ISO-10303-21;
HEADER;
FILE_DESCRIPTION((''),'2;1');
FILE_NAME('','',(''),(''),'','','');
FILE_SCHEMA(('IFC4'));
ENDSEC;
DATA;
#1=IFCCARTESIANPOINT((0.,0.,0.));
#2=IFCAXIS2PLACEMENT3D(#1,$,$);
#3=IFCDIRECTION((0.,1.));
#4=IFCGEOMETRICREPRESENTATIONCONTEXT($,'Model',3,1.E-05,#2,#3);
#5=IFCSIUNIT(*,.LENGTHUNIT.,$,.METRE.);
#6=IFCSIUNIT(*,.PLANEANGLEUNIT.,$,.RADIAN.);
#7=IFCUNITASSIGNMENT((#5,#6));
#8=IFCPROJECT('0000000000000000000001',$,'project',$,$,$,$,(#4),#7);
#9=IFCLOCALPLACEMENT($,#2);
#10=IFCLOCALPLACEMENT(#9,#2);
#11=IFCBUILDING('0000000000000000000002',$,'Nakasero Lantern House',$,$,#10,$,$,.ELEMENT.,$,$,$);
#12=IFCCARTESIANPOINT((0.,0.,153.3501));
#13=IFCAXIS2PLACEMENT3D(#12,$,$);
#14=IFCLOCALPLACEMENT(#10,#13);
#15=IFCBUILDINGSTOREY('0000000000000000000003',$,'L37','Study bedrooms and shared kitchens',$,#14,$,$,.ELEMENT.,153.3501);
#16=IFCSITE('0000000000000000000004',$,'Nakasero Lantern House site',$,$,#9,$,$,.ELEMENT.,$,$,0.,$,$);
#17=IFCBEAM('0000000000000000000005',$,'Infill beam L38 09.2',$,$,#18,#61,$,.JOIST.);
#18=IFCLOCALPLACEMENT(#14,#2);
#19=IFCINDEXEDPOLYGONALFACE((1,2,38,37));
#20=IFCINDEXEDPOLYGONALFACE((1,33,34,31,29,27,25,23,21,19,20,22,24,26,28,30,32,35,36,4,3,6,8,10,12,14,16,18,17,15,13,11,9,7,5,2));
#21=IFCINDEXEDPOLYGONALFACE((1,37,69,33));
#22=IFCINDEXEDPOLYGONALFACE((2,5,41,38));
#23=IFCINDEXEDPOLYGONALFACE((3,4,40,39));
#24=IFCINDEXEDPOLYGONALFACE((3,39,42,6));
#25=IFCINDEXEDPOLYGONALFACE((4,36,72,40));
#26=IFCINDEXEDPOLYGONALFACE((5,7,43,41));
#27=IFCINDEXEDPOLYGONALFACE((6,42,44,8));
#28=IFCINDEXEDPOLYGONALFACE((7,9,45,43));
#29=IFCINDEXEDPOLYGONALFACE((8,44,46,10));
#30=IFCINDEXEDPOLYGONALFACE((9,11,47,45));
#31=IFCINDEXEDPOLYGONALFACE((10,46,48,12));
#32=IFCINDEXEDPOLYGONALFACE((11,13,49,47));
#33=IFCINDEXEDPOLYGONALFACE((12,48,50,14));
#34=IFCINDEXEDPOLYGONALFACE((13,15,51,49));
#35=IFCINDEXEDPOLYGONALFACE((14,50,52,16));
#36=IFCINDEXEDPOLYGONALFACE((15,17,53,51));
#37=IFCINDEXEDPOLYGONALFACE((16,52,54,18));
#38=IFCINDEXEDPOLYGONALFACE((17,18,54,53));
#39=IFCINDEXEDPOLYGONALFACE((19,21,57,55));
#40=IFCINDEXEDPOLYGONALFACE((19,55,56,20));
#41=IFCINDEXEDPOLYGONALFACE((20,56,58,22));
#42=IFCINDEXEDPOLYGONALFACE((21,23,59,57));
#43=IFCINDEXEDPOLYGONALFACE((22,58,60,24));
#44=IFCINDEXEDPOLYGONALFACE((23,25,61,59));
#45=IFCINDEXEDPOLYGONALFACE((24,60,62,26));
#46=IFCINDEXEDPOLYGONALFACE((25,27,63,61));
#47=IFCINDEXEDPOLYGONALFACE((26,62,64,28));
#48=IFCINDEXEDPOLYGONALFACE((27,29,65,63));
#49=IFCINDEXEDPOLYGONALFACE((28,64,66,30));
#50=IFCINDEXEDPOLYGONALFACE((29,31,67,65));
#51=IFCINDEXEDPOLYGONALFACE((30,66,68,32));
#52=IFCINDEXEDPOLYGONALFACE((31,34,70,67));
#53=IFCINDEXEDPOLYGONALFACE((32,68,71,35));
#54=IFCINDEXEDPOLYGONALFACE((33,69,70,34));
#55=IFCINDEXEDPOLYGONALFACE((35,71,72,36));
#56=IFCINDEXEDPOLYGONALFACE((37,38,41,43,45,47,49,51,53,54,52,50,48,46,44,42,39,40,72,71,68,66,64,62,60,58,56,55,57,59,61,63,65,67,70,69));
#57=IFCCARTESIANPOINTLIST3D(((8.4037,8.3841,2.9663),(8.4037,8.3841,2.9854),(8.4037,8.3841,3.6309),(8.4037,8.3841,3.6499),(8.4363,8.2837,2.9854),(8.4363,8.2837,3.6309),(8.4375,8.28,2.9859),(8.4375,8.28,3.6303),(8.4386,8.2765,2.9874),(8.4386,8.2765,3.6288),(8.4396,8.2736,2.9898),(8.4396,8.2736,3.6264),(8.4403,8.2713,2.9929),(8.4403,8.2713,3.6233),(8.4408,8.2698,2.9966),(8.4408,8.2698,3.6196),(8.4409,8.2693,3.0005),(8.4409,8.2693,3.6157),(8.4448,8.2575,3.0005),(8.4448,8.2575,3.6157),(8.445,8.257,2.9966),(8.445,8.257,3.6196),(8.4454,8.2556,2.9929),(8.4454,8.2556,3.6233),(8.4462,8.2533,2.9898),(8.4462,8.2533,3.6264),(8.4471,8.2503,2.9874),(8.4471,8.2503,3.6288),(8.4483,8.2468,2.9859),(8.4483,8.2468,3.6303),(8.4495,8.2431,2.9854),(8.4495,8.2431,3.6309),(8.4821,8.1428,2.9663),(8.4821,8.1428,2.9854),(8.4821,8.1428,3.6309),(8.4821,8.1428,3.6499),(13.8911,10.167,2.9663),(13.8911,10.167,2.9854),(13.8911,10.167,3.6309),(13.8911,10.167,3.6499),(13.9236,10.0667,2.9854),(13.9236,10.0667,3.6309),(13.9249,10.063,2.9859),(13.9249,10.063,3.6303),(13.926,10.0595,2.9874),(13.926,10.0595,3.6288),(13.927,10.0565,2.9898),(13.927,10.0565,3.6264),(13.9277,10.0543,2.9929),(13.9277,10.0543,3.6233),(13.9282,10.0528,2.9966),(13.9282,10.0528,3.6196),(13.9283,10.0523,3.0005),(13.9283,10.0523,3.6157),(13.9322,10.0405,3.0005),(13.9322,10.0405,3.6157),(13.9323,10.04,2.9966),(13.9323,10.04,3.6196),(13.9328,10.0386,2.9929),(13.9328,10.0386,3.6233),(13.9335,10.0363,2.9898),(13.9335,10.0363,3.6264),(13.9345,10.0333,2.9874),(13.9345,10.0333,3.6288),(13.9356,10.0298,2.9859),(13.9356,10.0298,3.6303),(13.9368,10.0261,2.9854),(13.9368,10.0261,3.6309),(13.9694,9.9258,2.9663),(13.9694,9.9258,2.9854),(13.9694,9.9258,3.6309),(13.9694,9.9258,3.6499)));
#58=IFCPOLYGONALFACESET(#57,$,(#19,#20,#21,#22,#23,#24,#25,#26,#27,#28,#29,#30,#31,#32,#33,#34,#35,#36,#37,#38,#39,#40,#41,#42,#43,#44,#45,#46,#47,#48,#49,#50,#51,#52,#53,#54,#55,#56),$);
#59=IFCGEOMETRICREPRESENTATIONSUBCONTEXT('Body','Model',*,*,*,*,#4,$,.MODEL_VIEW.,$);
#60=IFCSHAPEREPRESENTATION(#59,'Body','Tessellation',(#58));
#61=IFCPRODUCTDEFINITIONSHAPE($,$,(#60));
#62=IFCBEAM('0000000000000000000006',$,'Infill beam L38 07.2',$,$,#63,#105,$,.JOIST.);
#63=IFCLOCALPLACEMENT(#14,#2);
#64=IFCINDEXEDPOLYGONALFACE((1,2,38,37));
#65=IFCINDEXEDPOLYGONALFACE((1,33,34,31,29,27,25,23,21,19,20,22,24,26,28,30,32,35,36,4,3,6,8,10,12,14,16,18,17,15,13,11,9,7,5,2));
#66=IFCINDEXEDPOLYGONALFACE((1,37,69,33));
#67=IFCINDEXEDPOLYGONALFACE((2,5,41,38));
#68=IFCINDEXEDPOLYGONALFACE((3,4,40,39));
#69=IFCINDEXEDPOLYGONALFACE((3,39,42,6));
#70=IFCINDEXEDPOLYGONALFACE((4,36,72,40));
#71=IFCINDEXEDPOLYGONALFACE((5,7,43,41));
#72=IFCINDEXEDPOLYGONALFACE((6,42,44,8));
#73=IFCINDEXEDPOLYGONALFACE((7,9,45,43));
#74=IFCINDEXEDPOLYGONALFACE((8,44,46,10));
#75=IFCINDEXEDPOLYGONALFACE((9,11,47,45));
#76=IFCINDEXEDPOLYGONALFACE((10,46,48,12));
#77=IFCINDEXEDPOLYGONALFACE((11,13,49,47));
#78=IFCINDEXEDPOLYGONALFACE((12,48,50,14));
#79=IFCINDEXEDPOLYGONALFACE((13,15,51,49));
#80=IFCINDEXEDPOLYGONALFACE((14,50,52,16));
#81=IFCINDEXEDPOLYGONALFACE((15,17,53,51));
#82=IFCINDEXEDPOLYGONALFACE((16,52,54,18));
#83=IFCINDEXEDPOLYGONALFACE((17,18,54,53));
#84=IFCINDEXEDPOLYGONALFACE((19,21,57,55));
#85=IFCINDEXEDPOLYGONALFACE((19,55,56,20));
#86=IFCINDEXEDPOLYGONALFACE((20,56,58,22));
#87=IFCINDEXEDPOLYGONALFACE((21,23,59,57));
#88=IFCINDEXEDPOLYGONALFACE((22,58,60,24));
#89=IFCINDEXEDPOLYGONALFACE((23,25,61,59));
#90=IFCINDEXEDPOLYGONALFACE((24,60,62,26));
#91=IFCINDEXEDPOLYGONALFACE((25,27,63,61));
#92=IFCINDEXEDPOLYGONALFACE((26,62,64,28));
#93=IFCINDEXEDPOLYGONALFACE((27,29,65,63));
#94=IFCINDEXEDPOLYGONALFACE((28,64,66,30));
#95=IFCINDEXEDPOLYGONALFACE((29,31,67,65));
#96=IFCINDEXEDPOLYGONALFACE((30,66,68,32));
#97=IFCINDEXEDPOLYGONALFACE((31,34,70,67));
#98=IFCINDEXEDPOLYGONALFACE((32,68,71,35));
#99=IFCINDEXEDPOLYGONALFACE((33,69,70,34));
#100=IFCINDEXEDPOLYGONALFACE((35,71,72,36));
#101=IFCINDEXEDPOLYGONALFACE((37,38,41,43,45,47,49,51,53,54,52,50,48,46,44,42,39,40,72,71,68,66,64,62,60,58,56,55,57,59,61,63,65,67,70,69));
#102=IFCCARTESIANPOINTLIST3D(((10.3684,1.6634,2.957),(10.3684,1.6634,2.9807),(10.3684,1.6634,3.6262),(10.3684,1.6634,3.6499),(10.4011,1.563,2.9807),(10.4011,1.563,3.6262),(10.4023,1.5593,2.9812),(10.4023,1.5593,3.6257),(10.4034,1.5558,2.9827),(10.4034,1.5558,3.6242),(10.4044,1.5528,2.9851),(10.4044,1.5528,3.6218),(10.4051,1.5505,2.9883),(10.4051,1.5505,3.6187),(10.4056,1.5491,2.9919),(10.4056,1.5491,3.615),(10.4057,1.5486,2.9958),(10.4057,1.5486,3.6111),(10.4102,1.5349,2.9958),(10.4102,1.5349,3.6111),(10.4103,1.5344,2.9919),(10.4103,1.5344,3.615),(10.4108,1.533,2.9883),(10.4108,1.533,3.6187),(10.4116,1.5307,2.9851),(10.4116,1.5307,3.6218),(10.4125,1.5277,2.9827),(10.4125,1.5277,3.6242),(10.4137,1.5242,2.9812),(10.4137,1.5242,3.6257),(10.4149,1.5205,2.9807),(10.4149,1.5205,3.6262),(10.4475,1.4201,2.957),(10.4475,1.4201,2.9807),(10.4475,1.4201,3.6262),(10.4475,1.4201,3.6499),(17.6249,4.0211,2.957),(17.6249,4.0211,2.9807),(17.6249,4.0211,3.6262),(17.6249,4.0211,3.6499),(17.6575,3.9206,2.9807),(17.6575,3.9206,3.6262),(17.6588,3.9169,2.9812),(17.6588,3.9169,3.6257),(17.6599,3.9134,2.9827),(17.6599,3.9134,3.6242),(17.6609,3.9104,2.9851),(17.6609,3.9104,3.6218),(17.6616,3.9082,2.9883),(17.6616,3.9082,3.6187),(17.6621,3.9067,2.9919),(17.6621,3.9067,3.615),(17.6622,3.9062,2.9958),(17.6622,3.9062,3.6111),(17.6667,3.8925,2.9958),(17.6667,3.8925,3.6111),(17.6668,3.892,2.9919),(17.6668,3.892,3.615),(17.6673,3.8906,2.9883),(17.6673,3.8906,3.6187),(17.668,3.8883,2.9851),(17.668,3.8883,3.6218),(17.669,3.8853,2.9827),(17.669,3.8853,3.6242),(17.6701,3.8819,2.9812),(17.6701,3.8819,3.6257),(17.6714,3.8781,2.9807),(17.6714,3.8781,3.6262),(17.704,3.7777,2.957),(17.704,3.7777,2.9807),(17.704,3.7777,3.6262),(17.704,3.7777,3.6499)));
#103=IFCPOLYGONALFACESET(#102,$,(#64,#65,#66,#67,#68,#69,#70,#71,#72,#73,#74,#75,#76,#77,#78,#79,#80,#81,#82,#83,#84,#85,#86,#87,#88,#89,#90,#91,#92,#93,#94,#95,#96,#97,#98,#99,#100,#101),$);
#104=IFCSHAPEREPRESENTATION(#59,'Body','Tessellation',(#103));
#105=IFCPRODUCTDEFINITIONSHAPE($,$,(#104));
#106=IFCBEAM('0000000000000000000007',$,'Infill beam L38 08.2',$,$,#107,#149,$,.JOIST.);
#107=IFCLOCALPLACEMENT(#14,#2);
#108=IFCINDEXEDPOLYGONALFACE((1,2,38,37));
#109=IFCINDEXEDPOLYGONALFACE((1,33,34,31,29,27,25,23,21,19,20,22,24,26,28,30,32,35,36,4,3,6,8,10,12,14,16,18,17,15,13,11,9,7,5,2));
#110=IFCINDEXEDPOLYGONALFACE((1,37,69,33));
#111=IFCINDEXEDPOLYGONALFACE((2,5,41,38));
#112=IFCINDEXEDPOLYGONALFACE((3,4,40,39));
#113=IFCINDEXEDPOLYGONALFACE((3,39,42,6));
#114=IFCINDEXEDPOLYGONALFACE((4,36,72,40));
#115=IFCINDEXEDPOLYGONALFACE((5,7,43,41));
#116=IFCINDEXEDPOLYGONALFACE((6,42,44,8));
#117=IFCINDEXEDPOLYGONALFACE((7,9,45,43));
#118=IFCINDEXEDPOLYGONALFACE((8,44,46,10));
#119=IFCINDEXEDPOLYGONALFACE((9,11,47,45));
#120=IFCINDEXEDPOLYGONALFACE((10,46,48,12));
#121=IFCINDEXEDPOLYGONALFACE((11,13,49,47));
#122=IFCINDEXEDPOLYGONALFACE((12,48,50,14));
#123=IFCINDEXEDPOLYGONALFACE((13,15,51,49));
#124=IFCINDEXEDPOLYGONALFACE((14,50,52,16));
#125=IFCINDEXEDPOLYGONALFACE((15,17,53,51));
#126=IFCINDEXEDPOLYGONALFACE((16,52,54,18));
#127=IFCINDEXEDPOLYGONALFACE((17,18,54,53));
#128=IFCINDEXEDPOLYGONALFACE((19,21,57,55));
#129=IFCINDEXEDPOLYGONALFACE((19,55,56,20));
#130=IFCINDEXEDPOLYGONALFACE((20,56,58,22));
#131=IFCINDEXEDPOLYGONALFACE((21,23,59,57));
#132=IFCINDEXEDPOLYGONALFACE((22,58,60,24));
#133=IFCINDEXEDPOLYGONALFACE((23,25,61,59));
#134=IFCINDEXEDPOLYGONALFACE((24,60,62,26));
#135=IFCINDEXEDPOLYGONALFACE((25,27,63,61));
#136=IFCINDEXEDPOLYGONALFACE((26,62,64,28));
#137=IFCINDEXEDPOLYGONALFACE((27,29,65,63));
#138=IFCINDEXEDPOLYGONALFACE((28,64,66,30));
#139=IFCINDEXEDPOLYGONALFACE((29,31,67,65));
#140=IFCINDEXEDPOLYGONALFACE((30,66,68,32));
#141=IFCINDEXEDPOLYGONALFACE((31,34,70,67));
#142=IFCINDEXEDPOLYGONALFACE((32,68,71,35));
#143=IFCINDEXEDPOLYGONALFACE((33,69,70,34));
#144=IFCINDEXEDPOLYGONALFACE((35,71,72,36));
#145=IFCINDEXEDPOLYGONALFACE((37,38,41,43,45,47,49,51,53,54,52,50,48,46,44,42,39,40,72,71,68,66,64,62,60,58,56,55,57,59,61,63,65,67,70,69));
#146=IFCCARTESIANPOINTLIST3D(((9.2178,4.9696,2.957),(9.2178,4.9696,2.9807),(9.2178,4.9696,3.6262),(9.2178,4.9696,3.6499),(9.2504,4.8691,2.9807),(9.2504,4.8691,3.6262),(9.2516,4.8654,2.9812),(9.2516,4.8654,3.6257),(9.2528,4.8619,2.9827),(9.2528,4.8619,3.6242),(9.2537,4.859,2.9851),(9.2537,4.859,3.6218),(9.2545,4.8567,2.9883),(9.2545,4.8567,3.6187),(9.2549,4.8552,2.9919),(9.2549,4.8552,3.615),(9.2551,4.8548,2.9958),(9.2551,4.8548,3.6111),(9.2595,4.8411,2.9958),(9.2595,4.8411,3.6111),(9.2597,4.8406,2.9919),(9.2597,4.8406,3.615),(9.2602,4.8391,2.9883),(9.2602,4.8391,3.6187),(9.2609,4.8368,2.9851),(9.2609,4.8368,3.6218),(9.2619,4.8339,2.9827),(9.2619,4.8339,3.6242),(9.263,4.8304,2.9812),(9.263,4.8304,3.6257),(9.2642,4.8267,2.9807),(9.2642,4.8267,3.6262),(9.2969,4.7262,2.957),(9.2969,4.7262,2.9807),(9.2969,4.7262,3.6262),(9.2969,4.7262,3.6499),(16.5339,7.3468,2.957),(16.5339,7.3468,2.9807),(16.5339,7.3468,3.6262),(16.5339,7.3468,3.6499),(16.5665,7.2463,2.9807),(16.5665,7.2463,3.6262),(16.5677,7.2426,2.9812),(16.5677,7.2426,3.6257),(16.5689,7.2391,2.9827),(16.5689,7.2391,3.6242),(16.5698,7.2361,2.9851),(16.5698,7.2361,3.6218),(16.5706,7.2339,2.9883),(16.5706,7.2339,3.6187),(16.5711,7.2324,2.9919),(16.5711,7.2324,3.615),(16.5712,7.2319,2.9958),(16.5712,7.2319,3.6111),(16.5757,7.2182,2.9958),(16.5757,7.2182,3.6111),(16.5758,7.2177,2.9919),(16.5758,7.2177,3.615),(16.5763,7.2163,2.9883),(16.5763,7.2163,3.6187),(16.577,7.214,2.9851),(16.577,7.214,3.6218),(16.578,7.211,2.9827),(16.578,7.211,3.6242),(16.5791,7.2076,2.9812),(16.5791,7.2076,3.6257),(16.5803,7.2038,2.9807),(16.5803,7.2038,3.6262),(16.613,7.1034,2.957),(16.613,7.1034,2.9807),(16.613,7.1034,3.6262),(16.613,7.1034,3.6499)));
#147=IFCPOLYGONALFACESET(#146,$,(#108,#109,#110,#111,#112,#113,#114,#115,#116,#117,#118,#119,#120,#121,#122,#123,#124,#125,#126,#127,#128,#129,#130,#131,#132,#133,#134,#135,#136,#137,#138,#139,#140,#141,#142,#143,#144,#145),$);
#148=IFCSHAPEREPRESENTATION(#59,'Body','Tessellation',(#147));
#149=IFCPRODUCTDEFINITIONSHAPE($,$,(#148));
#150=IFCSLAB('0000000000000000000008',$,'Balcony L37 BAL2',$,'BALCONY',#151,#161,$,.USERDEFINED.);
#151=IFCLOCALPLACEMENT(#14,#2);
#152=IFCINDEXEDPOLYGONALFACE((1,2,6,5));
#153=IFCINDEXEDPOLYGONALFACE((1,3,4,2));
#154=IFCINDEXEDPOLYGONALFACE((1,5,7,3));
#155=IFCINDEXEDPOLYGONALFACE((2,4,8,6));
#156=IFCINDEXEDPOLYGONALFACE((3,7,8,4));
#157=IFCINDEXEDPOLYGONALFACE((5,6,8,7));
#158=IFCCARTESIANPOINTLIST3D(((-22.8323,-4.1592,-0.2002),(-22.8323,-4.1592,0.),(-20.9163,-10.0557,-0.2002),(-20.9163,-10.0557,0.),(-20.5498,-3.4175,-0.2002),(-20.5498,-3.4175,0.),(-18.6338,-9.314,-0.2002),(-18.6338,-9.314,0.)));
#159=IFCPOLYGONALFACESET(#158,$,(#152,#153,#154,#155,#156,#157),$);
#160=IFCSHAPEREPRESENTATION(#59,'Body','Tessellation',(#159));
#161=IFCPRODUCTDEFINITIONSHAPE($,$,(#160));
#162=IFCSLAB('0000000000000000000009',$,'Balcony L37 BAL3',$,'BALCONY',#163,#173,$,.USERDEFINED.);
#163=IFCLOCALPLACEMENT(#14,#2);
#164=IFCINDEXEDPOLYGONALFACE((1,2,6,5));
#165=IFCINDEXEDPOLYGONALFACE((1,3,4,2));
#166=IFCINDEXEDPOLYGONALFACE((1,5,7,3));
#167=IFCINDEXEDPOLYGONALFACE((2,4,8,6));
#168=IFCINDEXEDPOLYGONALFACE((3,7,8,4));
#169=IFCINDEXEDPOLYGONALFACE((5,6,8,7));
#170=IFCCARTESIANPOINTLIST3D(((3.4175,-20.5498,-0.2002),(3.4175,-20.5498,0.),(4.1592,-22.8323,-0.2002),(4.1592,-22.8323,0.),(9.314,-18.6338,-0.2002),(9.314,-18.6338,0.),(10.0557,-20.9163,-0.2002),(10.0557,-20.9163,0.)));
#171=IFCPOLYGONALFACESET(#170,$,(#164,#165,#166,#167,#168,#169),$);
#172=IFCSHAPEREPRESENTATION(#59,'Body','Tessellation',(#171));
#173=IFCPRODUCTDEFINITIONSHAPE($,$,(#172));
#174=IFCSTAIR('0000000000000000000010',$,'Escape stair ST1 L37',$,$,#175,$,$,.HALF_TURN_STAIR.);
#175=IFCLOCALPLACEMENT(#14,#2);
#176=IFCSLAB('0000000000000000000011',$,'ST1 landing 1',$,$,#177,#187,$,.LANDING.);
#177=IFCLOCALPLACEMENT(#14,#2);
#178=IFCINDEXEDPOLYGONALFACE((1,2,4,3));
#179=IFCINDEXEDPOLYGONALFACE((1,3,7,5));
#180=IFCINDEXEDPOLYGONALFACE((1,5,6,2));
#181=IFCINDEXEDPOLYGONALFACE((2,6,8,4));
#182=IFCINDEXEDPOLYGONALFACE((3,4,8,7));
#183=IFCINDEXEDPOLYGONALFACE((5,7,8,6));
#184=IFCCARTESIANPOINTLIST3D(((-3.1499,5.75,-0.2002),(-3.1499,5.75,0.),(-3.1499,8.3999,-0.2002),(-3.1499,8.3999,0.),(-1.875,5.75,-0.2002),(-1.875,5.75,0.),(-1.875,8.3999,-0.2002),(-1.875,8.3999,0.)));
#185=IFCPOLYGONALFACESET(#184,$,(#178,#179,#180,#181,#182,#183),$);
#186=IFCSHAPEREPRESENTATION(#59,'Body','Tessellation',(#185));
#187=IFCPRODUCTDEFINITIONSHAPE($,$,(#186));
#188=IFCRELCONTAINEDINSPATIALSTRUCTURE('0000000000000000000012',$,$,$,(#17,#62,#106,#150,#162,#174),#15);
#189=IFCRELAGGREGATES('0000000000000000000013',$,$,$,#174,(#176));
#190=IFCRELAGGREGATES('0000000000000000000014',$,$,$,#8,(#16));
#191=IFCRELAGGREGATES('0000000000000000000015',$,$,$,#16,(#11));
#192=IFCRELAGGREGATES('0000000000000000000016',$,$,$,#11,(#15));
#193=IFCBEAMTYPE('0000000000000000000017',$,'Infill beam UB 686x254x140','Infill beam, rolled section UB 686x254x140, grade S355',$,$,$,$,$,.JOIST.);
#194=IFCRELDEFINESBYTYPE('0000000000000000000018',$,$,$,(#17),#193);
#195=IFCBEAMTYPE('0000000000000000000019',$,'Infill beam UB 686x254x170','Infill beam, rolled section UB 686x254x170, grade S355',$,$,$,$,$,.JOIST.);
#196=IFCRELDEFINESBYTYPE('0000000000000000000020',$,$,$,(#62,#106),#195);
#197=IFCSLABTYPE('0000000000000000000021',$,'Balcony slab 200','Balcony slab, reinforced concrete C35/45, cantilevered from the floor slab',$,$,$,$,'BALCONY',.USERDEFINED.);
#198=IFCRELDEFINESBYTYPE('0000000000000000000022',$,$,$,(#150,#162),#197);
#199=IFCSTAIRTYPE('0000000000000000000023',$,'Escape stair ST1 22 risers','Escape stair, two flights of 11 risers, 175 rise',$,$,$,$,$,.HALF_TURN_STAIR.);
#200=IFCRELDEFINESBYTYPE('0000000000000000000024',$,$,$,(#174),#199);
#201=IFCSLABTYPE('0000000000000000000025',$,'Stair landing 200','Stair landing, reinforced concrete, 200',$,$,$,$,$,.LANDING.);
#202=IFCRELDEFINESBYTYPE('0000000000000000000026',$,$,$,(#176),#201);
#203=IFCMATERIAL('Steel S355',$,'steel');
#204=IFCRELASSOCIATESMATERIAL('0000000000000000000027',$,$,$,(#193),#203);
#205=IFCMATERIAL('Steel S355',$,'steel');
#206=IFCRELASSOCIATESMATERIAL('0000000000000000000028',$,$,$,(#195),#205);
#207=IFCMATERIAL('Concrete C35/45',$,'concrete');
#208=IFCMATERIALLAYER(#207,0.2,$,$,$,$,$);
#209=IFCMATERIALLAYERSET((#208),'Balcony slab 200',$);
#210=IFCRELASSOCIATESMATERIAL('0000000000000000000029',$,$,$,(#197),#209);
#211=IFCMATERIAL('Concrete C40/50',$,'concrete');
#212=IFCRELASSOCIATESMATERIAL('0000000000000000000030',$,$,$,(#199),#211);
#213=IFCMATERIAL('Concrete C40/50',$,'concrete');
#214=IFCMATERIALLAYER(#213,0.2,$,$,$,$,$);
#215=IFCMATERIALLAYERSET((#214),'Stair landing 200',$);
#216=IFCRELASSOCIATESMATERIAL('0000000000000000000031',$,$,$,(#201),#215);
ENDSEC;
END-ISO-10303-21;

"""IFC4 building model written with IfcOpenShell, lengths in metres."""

from ifc_helpers import new_model, si_unit, direction, frame, origin, origin_2d, place, context, subcontext, project, spatial, polyline, i_section, outline, extrude, material, layer, layer_set, material_profile, profile_set, type_object, element, aggregate, save


model = new_model("IFC4")

# Units and contexts
model_context = context("Model", 3, precision=1e-05, world=origin(), true_north=direction((0.0, 1.0)))
body_context = subcontext(model_context, "Body", "Model", "MODEL_VIEW")
ifc_project = project(units=[si_unit("LENGTHUNIT", "METRE"), si_unit("PLANEANGLEUNIT", "RADIAN")], contexts=[model_context])

# Site, building, storey
site_placement = place(None, origin())
site = spatial("IfcSite", under=ifc_project, at=site_placement, Name="Nakasero Lantern House site", CompositionType="ELEMENT", RefElevation=0.0)
building_placement = place(site_placement, origin())
building = spatial("IfcBuilding", under=site, at=building_placement, Name="Nakasero Lantern House", CompositionType="ELEMENT")
storey_placement = place(building_placement, frame((0.0, 0.0, 153.3501)))
storey = spatial("IfcBuildingStorey", under=building, at=storey_placement, Name="L37", Description="Study bedrooms and shared kitchens", CompositionType="ELEMENT", Elevation=153.3501)

# Beams
ifc_material_1 = material(Name="Steel S355", Category="steel")
ifc_material_profile_1 = material_profile(ifc_material_1, i_section(OverallWidth=0.2537, OverallDepth=0.6836, WebThickness=0.0125, FlangeThickness=0.019, FilletRadius=0.0151, at=origin_2d()), Name="UB 686x254x140")
ifc_profile_set_1 = profile_set([ifc_material_profile_1], Name="Steel S355")
beam_type_1 = type_object("IfcBeamType", Name="Infill beam UB 686x254x140", Description="Infill beam, rolled section UB 686x254x140, grade S355", PredefinedType="JOIST", material=ifc_profile_set_1)
beam_1_placement = place(storey_placement, frame((8.4429, 8.2634, 3.3081), z_axis=(0.951055, 0.309021, 0.0), x_axis=(-0.309021, 0.951055, 0.0)))
element("IfcBeam", 1, at=beam_1_placement, inside=storey, type_object=beam_type_1, Name="Infill beam L38 09.2", PredefinedType="JOIST", context=body_context, shape_type="SweptSolid", body=[
    extrude(i_section(OverallWidth=0.2537, OverallDepth=0.6836, WebThickness=0.0125, FlangeThickness=0.019, FilletRadius=0.0151, at=origin_2d()), origin(), (0.0, 0.0, 1.0), 5.7698),
])
ifc_material_2 = material(Name="Steel S355", Category="steel")
ifc_material_profile_2 = material_profile(ifc_material_2, i_section(OverallWidth=0.2559, OverallDepth=0.6929, WebThickness=0.0144, FlangeThickness=0.0237, FilletRadius=0.0151, at=origin_2d()), Name="UB 686x254x170")
ifc_profile_set_2 = profile_set([ifc_material_profile_2], Name="Steel S355")
beam_type_2 = type_object("IfcBeamType", Name="Infill beam UB 686x254x170", Description="Infill beam, rolled section UB 686x254x170, grade S355", PredefinedType="JOIST", material=ifc_profile_set_2)
beam_2_placement = place(storey_placement, frame((10.408, 1.5417, 3.3035), z_axis=(0.951062, 0.309, 0.0), x_axis=(-0.309, 0.951062, 0.0)))
element("IfcBeam", 2, at=beam_2_placement, inside=storey, type_object=beam_type_2, Name="Infill beam L38 07.2", PredefinedType="JOIST", context=body_context, shape_type="SweptSolid", body=[
    extrude(i_section(OverallWidth=0.2559, OverallDepth=0.6929, WebThickness=0.0144, FlangeThickness=0.0237, FilletRadius=0.0151, at=origin_2d()), origin(), (0.0, 0.0, 1.0), 7.6299),
])
beam_3_placement = place(storey_placement, frame((9.2573, 4.8479, 3.3035), z_axis=(0.951055, 0.309021, 0.0), x_axis=(-0.309021, 0.951055, 0.0)))
element("IfcBeam", 3, at=beam_3_placement, inside=storey, type_object=beam_type_2, Name="Infill beam L38 08.2", PredefinedType="JOIST", context=body_context, shape_type="SweptSolid", body=[
    extrude(i_section(OverallWidth=0.2559, OverallDepth=0.6929, WebThickness=0.0144, FlangeThickness=0.0237, FilletRadius=0.0151, at=origin_2d()), origin(), (0.0, 0.0, 1.0), 7.6926),
])

# Slabs
ifc_material_3 = material(Name="Concrete C35/45", Category="concrete")
ifc_layer_1 = layer(ifc_material_3, 0.2)
ifc_layer_set_1 = layer_set([ifc_layer_1], Name="Balcony slab 200")
slab_type_1 = type_object("IfcSlabType", Name="Balcony slab 200", Description="Balcony slab, reinforced concrete C35/45, cantilevered from the floor slab", ElementType="BALCONY", PredefinedType="USERDEFINED", material=ifc_layer_set_1)
slab_1_placement = place(storey_placement, frame((0.0, 0.0, -0.2002)))
element("IfcSlab", 4, at=slab_1_placement, inside=storey, type_object=slab_type_1, Name="Balcony L37 BAL2", ObjectType="BALCONY", PredefinedType="USERDEFINED", context=body_context, shape_type="SweptSolid", body=[
    extrude(outline(polyline([(-20.5498, -3.4175), (-22.8323, -4.1592), (-20.9163, -10.0557), (-18.6338, -9.314), (-20.5498, -3.4175)])), origin(), (0.0, 0.0, 1.0), 0.2002),
])
slab_2_placement = place(storey_placement, frame((0.0, 0.0, -0.2002)))
element("IfcSlab", 5, at=slab_2_placement, inside=storey, type_object=slab_type_1, Name="Balcony L37 BAL3", ObjectType="BALCONY", PredefinedType="USERDEFINED", context=body_context, shape_type="SweptSolid", body=[
    extrude(outline(polyline([(3.4175, -20.5498), (4.1592, -22.8323), (10.0557, -20.9163), (9.314, -18.6338), (3.4175, -20.5498)])), origin(), (0.0, 0.0, 1.0), 0.2002),
])

# Stair, slab
ifc_material_4 = material(Name="Concrete C40/50", Category="concrete")
stair_type_1 = type_object("IfcStairType", Name="Escape stair ST1 22 risers", Description="Escape stair, two flights of 11 risers, 175 rise", PredefinedType="HALF_TURN_STAIR", material=ifc_material_4)
stair_1_placement = place(storey_placement, origin())
stair_1 = element("IfcStair", 6, at=stair_1_placement, inside=storey, type_object=stair_type_1, Name="Escape stair ST1 L37", PredefinedType="HALF_TURN_STAIR")
ifc_material_5 = material(Name="Concrete C40/50", Category="concrete")
ifc_layer_2 = layer(ifc_material_5, 0.2)
ifc_layer_set_2 = layer_set([ifc_layer_2], Name="Stair landing 200")
slab_type_2 = type_object("IfcSlabType", Name="Stair landing 200", Description="Stair landing, reinforced concrete, 200", PredefinedType="LANDING", material=ifc_layer_set_2)
slab_3_placement = place(storey_placement, frame((0.0, 0.0, -0.2002)))
slab_3 = element("IfcSlab", 7, at=slab_3_placement, type_object=slab_type_2, Name="ST1 landing 1", PredefinedType="LANDING", context=body_context, shape_type="SweptSolid", body=[
    extrude(outline(polyline([(-3.1499, 5.75), (-1.875, 5.75), (-1.875, 8.3999), (-3.1499, 8.3999), (-3.1499, 5.75)])), origin(), (0.0, 0.0, 1.0), 0.2002),
])

aggregate(stair_1, [slab_3])

save(model, "model.ifc")
